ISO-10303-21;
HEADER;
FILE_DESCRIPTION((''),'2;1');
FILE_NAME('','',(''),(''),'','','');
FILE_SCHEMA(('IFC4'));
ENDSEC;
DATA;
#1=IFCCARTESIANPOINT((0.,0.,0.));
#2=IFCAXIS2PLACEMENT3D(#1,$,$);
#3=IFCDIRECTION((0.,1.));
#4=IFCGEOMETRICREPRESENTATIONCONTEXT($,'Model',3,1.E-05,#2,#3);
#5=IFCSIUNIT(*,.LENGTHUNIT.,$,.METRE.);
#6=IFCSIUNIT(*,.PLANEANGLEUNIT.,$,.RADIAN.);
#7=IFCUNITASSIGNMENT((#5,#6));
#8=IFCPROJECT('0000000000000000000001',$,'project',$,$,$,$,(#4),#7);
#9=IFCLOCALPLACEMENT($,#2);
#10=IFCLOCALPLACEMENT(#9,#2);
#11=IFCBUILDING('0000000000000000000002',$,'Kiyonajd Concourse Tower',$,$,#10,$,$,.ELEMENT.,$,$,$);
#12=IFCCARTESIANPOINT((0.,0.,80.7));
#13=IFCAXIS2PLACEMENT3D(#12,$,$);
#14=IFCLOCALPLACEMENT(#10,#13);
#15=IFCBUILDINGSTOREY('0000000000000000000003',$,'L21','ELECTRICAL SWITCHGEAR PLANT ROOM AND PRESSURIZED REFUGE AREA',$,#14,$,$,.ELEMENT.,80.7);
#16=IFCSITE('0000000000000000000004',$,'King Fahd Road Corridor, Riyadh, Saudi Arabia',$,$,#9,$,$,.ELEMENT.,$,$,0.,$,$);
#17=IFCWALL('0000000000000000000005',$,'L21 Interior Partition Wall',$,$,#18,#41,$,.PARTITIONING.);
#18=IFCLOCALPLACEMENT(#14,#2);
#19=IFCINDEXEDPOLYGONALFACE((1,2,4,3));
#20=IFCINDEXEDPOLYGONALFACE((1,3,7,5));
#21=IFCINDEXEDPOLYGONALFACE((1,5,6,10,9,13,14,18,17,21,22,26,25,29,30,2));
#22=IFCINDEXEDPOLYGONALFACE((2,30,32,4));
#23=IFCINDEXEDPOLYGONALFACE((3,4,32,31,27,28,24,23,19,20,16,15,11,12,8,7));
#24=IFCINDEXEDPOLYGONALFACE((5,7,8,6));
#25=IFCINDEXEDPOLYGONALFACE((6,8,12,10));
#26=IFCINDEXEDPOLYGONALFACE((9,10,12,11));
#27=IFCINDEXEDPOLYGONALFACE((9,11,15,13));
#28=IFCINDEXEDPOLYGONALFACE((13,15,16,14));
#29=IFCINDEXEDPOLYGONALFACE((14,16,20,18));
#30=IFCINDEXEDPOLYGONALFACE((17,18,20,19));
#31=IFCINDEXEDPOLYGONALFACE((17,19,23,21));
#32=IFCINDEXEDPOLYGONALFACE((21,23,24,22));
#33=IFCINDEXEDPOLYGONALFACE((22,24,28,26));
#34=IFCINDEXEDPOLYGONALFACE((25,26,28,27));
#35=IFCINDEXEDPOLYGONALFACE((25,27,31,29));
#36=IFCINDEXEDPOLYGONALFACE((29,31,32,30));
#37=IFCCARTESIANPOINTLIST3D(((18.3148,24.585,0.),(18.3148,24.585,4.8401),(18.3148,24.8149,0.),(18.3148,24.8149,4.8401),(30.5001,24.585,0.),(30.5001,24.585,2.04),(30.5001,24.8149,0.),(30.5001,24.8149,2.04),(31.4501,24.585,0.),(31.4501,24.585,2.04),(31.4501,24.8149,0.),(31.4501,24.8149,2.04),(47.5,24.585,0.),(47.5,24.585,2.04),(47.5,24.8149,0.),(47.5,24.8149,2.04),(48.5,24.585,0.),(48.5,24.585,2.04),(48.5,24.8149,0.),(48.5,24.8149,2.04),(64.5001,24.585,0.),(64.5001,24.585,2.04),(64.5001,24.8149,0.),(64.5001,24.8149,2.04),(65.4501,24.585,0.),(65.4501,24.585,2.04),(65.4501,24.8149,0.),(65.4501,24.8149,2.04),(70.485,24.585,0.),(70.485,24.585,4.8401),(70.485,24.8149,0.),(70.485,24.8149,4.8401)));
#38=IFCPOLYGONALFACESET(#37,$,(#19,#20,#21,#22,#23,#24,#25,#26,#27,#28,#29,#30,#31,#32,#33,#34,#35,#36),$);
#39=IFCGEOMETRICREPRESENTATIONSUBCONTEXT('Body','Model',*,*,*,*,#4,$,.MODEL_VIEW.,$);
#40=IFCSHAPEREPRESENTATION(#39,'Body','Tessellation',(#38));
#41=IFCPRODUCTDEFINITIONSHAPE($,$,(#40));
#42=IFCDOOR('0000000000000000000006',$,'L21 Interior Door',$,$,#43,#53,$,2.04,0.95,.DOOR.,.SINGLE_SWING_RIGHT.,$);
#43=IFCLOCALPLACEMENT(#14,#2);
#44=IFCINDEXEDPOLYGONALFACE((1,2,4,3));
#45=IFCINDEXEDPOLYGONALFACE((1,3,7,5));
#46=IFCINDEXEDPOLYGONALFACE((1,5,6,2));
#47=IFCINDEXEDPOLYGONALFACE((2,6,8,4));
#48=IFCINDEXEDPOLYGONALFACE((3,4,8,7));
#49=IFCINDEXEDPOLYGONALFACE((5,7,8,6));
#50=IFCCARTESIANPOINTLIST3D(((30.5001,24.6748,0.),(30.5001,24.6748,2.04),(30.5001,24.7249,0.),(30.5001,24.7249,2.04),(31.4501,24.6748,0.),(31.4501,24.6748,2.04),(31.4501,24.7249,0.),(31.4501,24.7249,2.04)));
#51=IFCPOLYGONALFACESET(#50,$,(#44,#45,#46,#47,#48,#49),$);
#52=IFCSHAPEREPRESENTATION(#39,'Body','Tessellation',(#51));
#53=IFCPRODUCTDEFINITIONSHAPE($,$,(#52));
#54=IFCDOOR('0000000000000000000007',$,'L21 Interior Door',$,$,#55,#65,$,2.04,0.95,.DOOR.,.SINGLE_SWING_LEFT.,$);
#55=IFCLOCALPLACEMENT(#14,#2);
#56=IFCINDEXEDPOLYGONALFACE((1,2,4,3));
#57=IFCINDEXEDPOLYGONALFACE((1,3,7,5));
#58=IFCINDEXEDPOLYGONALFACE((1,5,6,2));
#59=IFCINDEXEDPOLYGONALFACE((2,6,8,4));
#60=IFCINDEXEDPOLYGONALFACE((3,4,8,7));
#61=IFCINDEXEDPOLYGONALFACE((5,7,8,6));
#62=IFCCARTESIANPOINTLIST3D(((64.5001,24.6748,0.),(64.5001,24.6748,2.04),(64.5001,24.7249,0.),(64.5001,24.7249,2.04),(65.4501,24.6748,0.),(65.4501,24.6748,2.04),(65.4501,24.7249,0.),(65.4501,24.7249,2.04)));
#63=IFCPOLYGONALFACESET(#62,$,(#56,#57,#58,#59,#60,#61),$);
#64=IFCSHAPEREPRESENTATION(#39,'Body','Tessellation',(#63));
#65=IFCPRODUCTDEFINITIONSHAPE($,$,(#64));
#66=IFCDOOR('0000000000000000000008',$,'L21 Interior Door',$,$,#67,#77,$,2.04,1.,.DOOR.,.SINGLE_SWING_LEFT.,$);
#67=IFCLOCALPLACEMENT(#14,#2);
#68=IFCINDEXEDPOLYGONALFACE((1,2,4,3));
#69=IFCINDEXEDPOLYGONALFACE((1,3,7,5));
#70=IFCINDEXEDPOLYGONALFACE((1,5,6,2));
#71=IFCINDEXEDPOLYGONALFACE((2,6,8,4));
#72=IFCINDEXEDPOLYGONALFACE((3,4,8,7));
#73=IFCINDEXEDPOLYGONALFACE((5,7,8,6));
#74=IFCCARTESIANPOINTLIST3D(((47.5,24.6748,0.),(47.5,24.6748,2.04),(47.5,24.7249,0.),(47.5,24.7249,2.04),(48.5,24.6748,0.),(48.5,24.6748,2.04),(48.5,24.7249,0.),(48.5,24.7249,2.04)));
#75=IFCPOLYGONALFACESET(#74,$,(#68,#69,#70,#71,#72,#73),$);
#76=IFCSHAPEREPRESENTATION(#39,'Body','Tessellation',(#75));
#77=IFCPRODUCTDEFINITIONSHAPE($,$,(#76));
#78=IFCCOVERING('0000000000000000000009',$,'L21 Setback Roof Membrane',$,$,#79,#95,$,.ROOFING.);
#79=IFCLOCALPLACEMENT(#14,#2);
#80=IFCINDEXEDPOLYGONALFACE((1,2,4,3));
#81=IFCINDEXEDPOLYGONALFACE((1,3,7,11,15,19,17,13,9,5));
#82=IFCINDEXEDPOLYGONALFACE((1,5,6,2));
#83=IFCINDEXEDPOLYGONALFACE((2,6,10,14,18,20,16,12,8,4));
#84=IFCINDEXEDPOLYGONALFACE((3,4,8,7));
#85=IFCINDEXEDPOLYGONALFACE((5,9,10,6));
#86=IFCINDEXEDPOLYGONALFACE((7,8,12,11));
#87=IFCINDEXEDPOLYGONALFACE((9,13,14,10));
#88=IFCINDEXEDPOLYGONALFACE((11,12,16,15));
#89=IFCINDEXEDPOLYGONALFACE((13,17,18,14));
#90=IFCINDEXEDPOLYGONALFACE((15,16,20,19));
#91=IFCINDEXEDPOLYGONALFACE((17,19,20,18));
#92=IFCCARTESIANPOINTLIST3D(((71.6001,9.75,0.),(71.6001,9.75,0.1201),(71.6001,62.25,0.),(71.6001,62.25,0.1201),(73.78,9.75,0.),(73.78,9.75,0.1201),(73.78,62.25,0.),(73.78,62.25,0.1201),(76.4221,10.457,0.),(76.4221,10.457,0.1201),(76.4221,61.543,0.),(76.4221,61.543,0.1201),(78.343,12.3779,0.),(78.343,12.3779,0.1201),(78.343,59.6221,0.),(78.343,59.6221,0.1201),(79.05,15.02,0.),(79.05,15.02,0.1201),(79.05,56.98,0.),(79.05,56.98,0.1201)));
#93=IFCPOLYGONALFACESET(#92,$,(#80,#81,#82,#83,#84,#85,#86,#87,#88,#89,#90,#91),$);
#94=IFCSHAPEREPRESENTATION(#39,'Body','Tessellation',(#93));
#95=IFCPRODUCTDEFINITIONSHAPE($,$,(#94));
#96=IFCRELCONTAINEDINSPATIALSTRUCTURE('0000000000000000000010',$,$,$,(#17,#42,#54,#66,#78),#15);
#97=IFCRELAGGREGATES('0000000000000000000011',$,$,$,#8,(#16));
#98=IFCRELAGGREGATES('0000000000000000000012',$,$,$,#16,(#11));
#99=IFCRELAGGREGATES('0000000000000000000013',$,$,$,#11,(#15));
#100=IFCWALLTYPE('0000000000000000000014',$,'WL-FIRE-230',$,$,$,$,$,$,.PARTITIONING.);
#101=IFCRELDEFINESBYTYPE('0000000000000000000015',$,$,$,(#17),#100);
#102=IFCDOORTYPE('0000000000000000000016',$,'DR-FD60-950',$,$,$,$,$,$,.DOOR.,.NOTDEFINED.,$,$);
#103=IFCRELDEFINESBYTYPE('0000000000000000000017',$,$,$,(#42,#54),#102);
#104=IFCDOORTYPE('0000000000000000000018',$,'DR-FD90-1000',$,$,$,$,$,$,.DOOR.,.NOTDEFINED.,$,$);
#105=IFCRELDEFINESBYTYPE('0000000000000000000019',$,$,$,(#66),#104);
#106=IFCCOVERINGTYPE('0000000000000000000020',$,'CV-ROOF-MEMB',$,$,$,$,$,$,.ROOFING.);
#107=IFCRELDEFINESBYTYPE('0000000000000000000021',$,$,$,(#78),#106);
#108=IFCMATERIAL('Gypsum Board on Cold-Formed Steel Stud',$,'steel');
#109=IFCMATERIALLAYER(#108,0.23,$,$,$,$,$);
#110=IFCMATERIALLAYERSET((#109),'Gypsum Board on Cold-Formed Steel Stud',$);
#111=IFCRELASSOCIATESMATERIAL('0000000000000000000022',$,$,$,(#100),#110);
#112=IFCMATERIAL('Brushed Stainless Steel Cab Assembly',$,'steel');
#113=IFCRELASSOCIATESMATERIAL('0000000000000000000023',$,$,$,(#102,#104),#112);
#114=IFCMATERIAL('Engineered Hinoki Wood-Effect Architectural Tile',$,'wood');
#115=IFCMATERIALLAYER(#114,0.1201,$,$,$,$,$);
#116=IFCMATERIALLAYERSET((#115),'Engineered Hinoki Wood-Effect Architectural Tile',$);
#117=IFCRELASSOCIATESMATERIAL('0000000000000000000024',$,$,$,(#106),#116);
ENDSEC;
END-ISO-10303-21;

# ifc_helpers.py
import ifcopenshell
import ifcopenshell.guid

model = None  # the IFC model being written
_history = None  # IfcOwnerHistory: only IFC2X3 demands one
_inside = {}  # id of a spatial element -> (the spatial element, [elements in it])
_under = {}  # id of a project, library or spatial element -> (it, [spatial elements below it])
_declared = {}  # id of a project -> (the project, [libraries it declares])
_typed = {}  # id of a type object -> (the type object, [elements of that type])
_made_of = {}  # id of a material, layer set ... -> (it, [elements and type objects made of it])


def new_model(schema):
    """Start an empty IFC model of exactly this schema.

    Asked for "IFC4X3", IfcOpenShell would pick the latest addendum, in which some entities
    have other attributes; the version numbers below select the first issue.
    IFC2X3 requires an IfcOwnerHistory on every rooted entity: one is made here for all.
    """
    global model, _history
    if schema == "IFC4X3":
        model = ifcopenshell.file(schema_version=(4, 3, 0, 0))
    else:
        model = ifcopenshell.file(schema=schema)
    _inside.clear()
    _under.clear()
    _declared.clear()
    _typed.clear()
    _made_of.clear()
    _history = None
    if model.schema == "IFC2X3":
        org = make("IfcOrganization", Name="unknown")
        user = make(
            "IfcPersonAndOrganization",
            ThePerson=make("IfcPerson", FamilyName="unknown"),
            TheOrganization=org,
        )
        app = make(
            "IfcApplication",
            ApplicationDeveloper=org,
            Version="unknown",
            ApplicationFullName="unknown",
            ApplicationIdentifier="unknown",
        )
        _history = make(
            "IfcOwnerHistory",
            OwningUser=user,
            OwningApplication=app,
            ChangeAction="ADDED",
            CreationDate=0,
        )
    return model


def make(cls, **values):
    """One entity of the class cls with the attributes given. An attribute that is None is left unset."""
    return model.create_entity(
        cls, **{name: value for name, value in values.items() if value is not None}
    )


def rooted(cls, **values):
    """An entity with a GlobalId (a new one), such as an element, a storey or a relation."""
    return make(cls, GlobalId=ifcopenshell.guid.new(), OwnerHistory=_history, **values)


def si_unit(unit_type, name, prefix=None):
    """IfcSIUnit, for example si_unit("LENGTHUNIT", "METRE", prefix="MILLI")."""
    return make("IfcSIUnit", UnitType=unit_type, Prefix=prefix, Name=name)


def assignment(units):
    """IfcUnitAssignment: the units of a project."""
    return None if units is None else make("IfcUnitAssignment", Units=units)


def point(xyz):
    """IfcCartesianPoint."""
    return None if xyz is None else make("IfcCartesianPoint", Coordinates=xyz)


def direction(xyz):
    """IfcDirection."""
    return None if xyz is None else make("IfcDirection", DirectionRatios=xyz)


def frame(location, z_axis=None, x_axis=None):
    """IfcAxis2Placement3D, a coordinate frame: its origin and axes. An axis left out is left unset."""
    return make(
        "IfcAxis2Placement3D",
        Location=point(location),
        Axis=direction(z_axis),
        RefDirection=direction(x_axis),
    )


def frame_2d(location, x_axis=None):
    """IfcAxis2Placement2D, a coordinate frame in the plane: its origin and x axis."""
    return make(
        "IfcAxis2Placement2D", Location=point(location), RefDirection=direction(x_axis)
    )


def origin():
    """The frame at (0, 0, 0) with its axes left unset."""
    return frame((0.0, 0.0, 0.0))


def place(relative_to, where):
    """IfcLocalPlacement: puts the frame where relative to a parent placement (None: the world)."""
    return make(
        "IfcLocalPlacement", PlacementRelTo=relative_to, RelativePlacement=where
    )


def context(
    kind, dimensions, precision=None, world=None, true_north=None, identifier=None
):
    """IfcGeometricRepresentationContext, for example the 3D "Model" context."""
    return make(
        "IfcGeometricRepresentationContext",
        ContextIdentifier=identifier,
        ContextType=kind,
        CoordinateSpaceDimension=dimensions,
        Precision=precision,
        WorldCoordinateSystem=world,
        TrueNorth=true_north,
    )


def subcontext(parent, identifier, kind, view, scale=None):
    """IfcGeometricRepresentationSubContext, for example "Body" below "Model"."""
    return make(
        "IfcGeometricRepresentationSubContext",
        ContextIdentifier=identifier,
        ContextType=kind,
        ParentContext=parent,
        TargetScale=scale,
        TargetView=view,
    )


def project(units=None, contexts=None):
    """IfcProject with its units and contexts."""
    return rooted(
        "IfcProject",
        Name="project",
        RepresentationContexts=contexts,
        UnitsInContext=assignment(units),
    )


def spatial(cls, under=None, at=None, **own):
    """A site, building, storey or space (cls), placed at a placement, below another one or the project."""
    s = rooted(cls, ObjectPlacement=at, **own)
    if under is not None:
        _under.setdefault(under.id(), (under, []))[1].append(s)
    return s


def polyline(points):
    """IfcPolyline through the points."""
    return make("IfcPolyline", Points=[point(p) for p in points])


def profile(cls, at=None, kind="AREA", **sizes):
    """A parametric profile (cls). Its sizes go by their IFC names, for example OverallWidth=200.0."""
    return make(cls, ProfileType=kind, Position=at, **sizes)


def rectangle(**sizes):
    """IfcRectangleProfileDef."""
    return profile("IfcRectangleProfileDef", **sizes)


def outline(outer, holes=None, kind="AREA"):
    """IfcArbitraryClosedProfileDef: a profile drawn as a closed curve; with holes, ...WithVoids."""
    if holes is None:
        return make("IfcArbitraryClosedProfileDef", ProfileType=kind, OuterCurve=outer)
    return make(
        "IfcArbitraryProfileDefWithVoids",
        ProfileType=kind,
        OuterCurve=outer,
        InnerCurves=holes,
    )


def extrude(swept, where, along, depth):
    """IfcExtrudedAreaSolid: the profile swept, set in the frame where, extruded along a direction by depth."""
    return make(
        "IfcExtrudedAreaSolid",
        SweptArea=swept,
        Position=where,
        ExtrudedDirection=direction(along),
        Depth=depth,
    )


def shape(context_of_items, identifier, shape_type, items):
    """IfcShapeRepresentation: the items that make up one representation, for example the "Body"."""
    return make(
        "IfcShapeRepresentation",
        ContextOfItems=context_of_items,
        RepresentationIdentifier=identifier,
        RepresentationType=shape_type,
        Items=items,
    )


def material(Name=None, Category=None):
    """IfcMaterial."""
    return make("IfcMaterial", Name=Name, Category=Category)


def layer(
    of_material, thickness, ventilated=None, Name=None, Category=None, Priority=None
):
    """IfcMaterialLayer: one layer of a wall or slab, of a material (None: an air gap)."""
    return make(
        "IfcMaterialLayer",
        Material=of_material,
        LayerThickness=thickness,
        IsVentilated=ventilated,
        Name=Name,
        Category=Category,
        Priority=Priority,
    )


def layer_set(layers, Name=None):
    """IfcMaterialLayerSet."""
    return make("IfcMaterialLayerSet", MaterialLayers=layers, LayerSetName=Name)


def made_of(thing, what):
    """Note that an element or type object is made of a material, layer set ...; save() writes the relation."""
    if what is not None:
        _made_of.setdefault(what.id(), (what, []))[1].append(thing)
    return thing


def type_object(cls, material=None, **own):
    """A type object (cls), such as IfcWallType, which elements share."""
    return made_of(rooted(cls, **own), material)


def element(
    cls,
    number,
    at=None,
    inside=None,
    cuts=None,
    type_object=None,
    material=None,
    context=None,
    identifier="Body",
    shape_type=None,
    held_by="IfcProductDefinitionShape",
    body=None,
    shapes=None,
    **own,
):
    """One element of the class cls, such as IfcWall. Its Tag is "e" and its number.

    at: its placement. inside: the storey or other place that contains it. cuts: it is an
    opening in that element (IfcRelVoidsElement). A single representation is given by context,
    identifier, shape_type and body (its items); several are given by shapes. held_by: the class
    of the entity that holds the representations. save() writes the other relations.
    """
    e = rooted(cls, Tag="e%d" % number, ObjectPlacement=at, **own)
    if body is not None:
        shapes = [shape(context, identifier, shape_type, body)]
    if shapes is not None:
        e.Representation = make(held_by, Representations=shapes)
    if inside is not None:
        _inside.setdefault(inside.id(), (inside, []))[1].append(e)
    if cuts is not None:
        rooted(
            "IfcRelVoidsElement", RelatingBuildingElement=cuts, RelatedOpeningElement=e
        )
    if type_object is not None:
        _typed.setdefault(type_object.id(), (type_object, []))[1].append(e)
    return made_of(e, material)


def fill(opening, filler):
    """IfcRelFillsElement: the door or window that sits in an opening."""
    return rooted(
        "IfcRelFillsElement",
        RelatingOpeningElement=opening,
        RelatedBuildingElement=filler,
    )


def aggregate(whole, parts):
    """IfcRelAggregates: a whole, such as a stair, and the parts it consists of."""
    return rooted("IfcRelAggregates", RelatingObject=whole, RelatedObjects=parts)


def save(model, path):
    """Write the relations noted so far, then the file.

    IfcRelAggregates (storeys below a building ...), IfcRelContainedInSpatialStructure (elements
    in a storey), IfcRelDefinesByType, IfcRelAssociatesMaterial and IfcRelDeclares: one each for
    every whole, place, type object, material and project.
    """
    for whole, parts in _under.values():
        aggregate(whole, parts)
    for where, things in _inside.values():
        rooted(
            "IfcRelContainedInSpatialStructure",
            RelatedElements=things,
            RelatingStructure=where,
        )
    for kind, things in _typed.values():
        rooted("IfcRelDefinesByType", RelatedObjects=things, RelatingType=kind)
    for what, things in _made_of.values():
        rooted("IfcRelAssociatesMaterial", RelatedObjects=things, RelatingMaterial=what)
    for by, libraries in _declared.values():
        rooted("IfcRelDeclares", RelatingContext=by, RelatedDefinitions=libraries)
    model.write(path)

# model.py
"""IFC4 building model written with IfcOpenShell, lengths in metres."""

from ifc_helpers import new_model, si_unit, direction, frame, frame_2d, origin, place, context, subcontext, project, spatial, polyline, rectangle, outline, extrude, material, layer, layer_set, type_object, element, fill, save


model = new_model("IFC4")

# Units and contexts
model_context = context("Model", 3, precision=1e-05, world=origin(), true_north=direction((0.0, 1.0)))
body_context = subcontext(model_context, "Body", "Model", "MODEL_VIEW")
ifc_project = project(units=[si_unit("LENGTHUNIT", "METRE"), si_unit("PLANEANGLEUNIT", "RADIAN")], contexts=[model_context])

# Site, building, storey
site_placement = place(None, origin())
site = spatial("IfcSite", under=ifc_project, at=site_placement, Name="King Fahd Road Corridor, Riyadh, Saudi Arabia", CompositionType="ELEMENT", RefElevation=0.0)
building_placement = place(site_placement, origin())
building = spatial("IfcBuilding", under=site, at=building_placement, Name="Kiyonajd Concourse Tower", CompositionType="ELEMENT")
storey_placement = place(building_placement, frame((0.0, 0.0, 80.7)))
storey = spatial("IfcBuildingStorey", under=building, at=storey_placement, Name="L21", Description="ELECTRICAL SWITCHGEAR PLANT ROOM AND PRESSURIZED REFUGE AREA", CompositionType="ELEMENT", Elevation=80.7)

# Wall, openings, doors
ifc_material_1 = material(Name="Gypsum Board on Cold-Formed Steel Stud", Category="steel")
ifc_layer_1 = layer(ifc_material_1, 0.23)
ifc_layer_set_1 = layer_set([ifc_layer_1], Name="Gypsum Board on Cold-Formed Steel Stud")
wall_type_1 = type_object("IfcWallType", Name="WL-FIRE-230", PredefinedType="PARTITIONING", material=ifc_layer_set_1)
wall_1_placement = place(storey_placement, frame((18.3149, 24.7, 0.0), z_axis=(0.0, 0.0, 1.0), x_axis=(1.0, 0.0, 0.0)))
wall_1 = element("IfcWall", 1, at=wall_1_placement, inside=storey, type_object=wall_type_1, Name="L21 Interior Partition Wall", PredefinedType="PARTITIONING", context=body_context, shape_type="SweptSolid", body=[
    extrude(rectangle(XDim=52.1702, YDim=0.23, at=frame_2d((26.085, 0.0))), origin(), (0.0, 0.0, 1.0), 4.8401),
])
opening_1_placement = place(wall_1_placement, frame((29.1851, 0.0, 0.0)))
opening_1 = element("IfcOpeningElement", 2, at=opening_1_placement, cuts=wall_1, PredefinedType="OPENING", context=body_context, shape_type="SweptSolid", body=[
    extrude(rectangle(XDim=1.0, YDim=2.04, at=frame_2d((0.5, 1.02))), frame((0.0, 0.125, 0.0), z_axis=(0.0, -1.0, 0.0), x_axis=(1.0, 0.0, 0.0)), (0.0, 0.0, 1.0), 0.25),
])
opening_2_placement = place(wall_1_placement, frame((12.1851, 0.0, 0.0)))
opening_2 = element("IfcOpeningElement", 3, at=opening_2_placement, cuts=wall_1, PredefinedType="OPENING", context=body_context, shape_type="SweptSolid", body=[
    extrude(rectangle(XDim=0.95, YDim=2.04, at=frame_2d((0.4751, 1.02))), frame((0.0, 0.125, 0.0), z_axis=(0.0, -1.0, 0.0), x_axis=(1.0, 0.0, 0.0)), (0.0, 0.0, 1.0), 0.25),
])
opening_3_placement = place(wall_1_placement, frame((46.1851, 0.0, 0.0)))
opening_3 = element("IfcOpeningElement", 4, at=opening_3_placement, cuts=wall_1, PredefinedType="OPENING", context=body_context, shape_type="SweptSolid", body=[
    extrude(rectangle(XDim=0.95, YDim=2.04, at=frame_2d((0.4751, 1.02))), frame((0.0, 0.125, 0.0), z_axis=(0.0, -1.0, 0.0), x_axis=(1.0, 0.0, 0.0)), (0.0, 0.0, 1.0), 0.25),
])
ifc_material_2 = material(Name="Brushed Stainless Steel Cab Assembly", Category="steel")
door_type_1 = type_object("IfcDoorType", Name="DR-FD60-950", OperationType="NOTDEFINED", PredefinedType="DOOR", material=ifc_material_2)
door_1_placement = place(opening_2_placement, origin())
door_1 = element("IfcDoor", 5, at=door_1_placement, inside=storey, type_object=door_type_1, Name="L21 Interior Door", OperationType="SINGLE_SWING_RIGHT", OverallHeight=2.04, OverallWidth=0.95, PredefinedType="DOOR", context=body_context, shape_type="SweptSolid", body=[
    extrude(rectangle(XDim=0.95, YDim=2.04, at=frame_2d((0.4751, 1.02))), frame((0.0, 0.0249, 0.0), z_axis=(0.0, -1.0, 0.0), x_axis=(1.0, 0.0, 0.0)), (0.0, 0.0, 1.0), 0.05),
])
fill(opening_2, door_1)
door_2_placement = place(opening_3_placement, origin())
door_2 = element("IfcDoor", 6, at=door_2_placement, inside=storey, type_object=door_type_1, Name="L21 Interior Door", OperationType="SINGLE_SWING_LEFT", OverallHeight=2.04, OverallWidth=0.95, PredefinedType="DOOR", context=body_context, shape_type="SweptSolid", body=[
    extrude(rectangle(XDim=0.95, YDim=2.04, at=frame_2d((0.4751, 1.02))), frame((0.0, 0.0249, 0.0), z_axis=(0.0, -1.0, 0.0), x_axis=(1.0, 0.0, 0.0)), (0.0, 0.0, 1.0), 0.05),
])
fill(opening_3, door_2)
door_type_2 = type_object("IfcDoorType", Name="DR-FD90-1000", OperationType="NOTDEFINED", PredefinedType="DOOR", material=ifc_material_2)
door_3_placement = place(opening_1_placement, origin())
door_3 = element("IfcDoor", 7, at=door_3_placement, inside=storey, type_object=door_type_2, Name="L21 Interior Door", OperationType="SINGLE_SWING_LEFT", OverallHeight=2.04, OverallWidth=1.0, PredefinedType="DOOR", context=body_context, shape_type="SweptSolid", body=[
    extrude(rectangle(XDim=1.0, YDim=2.04, at=frame_2d((0.5, 1.02))), frame((0.0, 0.0249, 0.0), z_axis=(0.0, -1.0, 0.0), x_axis=(1.0, 0.0, 0.0)), (0.0, 0.0, 1.0), 0.05),
])
fill(opening_1, door_3)

# Covering
ifc_material_3 = material(Name="Engineered Hinoki Wood-Effect Architectural Tile", Category="wood")
ifc_layer_2 = layer(ifc_material_3, 0.1201)
ifc_layer_set_2 = layer_set([ifc_layer_2], Name="Engineered Hinoki Wood-Effect Architectural Tile")
covering_type = type_object("IfcCoveringType", Name="CV-ROOF-MEMB", PredefinedType="ROOFING", material=ifc_layer_set_2)
covering_placement = place(storey_placement, origin())
element("IfcCovering", 8, at=covering_placement, inside=storey, type_object=covering_type, Name="L21 Setback Roof Membrane", PredefinedType="ROOFING", context=body_context, shape_type="SweptSolid", body=[
    extrude(outline(polyline([(76.4221, 61.543), (78.343, 59.6221), (79.05, 56.98), (79.05, 15.02), (78.343, 12.3779), (76.4221, 10.457), (73.78, 9.75), (71.6001, 9.75), (71.6001, 62.25), (73.78, 62.25), (76.4221, 61.543)])), origin(), (0.0, 0.0, 1.0), 0.1201),
])

save(model, "model.ifc")
